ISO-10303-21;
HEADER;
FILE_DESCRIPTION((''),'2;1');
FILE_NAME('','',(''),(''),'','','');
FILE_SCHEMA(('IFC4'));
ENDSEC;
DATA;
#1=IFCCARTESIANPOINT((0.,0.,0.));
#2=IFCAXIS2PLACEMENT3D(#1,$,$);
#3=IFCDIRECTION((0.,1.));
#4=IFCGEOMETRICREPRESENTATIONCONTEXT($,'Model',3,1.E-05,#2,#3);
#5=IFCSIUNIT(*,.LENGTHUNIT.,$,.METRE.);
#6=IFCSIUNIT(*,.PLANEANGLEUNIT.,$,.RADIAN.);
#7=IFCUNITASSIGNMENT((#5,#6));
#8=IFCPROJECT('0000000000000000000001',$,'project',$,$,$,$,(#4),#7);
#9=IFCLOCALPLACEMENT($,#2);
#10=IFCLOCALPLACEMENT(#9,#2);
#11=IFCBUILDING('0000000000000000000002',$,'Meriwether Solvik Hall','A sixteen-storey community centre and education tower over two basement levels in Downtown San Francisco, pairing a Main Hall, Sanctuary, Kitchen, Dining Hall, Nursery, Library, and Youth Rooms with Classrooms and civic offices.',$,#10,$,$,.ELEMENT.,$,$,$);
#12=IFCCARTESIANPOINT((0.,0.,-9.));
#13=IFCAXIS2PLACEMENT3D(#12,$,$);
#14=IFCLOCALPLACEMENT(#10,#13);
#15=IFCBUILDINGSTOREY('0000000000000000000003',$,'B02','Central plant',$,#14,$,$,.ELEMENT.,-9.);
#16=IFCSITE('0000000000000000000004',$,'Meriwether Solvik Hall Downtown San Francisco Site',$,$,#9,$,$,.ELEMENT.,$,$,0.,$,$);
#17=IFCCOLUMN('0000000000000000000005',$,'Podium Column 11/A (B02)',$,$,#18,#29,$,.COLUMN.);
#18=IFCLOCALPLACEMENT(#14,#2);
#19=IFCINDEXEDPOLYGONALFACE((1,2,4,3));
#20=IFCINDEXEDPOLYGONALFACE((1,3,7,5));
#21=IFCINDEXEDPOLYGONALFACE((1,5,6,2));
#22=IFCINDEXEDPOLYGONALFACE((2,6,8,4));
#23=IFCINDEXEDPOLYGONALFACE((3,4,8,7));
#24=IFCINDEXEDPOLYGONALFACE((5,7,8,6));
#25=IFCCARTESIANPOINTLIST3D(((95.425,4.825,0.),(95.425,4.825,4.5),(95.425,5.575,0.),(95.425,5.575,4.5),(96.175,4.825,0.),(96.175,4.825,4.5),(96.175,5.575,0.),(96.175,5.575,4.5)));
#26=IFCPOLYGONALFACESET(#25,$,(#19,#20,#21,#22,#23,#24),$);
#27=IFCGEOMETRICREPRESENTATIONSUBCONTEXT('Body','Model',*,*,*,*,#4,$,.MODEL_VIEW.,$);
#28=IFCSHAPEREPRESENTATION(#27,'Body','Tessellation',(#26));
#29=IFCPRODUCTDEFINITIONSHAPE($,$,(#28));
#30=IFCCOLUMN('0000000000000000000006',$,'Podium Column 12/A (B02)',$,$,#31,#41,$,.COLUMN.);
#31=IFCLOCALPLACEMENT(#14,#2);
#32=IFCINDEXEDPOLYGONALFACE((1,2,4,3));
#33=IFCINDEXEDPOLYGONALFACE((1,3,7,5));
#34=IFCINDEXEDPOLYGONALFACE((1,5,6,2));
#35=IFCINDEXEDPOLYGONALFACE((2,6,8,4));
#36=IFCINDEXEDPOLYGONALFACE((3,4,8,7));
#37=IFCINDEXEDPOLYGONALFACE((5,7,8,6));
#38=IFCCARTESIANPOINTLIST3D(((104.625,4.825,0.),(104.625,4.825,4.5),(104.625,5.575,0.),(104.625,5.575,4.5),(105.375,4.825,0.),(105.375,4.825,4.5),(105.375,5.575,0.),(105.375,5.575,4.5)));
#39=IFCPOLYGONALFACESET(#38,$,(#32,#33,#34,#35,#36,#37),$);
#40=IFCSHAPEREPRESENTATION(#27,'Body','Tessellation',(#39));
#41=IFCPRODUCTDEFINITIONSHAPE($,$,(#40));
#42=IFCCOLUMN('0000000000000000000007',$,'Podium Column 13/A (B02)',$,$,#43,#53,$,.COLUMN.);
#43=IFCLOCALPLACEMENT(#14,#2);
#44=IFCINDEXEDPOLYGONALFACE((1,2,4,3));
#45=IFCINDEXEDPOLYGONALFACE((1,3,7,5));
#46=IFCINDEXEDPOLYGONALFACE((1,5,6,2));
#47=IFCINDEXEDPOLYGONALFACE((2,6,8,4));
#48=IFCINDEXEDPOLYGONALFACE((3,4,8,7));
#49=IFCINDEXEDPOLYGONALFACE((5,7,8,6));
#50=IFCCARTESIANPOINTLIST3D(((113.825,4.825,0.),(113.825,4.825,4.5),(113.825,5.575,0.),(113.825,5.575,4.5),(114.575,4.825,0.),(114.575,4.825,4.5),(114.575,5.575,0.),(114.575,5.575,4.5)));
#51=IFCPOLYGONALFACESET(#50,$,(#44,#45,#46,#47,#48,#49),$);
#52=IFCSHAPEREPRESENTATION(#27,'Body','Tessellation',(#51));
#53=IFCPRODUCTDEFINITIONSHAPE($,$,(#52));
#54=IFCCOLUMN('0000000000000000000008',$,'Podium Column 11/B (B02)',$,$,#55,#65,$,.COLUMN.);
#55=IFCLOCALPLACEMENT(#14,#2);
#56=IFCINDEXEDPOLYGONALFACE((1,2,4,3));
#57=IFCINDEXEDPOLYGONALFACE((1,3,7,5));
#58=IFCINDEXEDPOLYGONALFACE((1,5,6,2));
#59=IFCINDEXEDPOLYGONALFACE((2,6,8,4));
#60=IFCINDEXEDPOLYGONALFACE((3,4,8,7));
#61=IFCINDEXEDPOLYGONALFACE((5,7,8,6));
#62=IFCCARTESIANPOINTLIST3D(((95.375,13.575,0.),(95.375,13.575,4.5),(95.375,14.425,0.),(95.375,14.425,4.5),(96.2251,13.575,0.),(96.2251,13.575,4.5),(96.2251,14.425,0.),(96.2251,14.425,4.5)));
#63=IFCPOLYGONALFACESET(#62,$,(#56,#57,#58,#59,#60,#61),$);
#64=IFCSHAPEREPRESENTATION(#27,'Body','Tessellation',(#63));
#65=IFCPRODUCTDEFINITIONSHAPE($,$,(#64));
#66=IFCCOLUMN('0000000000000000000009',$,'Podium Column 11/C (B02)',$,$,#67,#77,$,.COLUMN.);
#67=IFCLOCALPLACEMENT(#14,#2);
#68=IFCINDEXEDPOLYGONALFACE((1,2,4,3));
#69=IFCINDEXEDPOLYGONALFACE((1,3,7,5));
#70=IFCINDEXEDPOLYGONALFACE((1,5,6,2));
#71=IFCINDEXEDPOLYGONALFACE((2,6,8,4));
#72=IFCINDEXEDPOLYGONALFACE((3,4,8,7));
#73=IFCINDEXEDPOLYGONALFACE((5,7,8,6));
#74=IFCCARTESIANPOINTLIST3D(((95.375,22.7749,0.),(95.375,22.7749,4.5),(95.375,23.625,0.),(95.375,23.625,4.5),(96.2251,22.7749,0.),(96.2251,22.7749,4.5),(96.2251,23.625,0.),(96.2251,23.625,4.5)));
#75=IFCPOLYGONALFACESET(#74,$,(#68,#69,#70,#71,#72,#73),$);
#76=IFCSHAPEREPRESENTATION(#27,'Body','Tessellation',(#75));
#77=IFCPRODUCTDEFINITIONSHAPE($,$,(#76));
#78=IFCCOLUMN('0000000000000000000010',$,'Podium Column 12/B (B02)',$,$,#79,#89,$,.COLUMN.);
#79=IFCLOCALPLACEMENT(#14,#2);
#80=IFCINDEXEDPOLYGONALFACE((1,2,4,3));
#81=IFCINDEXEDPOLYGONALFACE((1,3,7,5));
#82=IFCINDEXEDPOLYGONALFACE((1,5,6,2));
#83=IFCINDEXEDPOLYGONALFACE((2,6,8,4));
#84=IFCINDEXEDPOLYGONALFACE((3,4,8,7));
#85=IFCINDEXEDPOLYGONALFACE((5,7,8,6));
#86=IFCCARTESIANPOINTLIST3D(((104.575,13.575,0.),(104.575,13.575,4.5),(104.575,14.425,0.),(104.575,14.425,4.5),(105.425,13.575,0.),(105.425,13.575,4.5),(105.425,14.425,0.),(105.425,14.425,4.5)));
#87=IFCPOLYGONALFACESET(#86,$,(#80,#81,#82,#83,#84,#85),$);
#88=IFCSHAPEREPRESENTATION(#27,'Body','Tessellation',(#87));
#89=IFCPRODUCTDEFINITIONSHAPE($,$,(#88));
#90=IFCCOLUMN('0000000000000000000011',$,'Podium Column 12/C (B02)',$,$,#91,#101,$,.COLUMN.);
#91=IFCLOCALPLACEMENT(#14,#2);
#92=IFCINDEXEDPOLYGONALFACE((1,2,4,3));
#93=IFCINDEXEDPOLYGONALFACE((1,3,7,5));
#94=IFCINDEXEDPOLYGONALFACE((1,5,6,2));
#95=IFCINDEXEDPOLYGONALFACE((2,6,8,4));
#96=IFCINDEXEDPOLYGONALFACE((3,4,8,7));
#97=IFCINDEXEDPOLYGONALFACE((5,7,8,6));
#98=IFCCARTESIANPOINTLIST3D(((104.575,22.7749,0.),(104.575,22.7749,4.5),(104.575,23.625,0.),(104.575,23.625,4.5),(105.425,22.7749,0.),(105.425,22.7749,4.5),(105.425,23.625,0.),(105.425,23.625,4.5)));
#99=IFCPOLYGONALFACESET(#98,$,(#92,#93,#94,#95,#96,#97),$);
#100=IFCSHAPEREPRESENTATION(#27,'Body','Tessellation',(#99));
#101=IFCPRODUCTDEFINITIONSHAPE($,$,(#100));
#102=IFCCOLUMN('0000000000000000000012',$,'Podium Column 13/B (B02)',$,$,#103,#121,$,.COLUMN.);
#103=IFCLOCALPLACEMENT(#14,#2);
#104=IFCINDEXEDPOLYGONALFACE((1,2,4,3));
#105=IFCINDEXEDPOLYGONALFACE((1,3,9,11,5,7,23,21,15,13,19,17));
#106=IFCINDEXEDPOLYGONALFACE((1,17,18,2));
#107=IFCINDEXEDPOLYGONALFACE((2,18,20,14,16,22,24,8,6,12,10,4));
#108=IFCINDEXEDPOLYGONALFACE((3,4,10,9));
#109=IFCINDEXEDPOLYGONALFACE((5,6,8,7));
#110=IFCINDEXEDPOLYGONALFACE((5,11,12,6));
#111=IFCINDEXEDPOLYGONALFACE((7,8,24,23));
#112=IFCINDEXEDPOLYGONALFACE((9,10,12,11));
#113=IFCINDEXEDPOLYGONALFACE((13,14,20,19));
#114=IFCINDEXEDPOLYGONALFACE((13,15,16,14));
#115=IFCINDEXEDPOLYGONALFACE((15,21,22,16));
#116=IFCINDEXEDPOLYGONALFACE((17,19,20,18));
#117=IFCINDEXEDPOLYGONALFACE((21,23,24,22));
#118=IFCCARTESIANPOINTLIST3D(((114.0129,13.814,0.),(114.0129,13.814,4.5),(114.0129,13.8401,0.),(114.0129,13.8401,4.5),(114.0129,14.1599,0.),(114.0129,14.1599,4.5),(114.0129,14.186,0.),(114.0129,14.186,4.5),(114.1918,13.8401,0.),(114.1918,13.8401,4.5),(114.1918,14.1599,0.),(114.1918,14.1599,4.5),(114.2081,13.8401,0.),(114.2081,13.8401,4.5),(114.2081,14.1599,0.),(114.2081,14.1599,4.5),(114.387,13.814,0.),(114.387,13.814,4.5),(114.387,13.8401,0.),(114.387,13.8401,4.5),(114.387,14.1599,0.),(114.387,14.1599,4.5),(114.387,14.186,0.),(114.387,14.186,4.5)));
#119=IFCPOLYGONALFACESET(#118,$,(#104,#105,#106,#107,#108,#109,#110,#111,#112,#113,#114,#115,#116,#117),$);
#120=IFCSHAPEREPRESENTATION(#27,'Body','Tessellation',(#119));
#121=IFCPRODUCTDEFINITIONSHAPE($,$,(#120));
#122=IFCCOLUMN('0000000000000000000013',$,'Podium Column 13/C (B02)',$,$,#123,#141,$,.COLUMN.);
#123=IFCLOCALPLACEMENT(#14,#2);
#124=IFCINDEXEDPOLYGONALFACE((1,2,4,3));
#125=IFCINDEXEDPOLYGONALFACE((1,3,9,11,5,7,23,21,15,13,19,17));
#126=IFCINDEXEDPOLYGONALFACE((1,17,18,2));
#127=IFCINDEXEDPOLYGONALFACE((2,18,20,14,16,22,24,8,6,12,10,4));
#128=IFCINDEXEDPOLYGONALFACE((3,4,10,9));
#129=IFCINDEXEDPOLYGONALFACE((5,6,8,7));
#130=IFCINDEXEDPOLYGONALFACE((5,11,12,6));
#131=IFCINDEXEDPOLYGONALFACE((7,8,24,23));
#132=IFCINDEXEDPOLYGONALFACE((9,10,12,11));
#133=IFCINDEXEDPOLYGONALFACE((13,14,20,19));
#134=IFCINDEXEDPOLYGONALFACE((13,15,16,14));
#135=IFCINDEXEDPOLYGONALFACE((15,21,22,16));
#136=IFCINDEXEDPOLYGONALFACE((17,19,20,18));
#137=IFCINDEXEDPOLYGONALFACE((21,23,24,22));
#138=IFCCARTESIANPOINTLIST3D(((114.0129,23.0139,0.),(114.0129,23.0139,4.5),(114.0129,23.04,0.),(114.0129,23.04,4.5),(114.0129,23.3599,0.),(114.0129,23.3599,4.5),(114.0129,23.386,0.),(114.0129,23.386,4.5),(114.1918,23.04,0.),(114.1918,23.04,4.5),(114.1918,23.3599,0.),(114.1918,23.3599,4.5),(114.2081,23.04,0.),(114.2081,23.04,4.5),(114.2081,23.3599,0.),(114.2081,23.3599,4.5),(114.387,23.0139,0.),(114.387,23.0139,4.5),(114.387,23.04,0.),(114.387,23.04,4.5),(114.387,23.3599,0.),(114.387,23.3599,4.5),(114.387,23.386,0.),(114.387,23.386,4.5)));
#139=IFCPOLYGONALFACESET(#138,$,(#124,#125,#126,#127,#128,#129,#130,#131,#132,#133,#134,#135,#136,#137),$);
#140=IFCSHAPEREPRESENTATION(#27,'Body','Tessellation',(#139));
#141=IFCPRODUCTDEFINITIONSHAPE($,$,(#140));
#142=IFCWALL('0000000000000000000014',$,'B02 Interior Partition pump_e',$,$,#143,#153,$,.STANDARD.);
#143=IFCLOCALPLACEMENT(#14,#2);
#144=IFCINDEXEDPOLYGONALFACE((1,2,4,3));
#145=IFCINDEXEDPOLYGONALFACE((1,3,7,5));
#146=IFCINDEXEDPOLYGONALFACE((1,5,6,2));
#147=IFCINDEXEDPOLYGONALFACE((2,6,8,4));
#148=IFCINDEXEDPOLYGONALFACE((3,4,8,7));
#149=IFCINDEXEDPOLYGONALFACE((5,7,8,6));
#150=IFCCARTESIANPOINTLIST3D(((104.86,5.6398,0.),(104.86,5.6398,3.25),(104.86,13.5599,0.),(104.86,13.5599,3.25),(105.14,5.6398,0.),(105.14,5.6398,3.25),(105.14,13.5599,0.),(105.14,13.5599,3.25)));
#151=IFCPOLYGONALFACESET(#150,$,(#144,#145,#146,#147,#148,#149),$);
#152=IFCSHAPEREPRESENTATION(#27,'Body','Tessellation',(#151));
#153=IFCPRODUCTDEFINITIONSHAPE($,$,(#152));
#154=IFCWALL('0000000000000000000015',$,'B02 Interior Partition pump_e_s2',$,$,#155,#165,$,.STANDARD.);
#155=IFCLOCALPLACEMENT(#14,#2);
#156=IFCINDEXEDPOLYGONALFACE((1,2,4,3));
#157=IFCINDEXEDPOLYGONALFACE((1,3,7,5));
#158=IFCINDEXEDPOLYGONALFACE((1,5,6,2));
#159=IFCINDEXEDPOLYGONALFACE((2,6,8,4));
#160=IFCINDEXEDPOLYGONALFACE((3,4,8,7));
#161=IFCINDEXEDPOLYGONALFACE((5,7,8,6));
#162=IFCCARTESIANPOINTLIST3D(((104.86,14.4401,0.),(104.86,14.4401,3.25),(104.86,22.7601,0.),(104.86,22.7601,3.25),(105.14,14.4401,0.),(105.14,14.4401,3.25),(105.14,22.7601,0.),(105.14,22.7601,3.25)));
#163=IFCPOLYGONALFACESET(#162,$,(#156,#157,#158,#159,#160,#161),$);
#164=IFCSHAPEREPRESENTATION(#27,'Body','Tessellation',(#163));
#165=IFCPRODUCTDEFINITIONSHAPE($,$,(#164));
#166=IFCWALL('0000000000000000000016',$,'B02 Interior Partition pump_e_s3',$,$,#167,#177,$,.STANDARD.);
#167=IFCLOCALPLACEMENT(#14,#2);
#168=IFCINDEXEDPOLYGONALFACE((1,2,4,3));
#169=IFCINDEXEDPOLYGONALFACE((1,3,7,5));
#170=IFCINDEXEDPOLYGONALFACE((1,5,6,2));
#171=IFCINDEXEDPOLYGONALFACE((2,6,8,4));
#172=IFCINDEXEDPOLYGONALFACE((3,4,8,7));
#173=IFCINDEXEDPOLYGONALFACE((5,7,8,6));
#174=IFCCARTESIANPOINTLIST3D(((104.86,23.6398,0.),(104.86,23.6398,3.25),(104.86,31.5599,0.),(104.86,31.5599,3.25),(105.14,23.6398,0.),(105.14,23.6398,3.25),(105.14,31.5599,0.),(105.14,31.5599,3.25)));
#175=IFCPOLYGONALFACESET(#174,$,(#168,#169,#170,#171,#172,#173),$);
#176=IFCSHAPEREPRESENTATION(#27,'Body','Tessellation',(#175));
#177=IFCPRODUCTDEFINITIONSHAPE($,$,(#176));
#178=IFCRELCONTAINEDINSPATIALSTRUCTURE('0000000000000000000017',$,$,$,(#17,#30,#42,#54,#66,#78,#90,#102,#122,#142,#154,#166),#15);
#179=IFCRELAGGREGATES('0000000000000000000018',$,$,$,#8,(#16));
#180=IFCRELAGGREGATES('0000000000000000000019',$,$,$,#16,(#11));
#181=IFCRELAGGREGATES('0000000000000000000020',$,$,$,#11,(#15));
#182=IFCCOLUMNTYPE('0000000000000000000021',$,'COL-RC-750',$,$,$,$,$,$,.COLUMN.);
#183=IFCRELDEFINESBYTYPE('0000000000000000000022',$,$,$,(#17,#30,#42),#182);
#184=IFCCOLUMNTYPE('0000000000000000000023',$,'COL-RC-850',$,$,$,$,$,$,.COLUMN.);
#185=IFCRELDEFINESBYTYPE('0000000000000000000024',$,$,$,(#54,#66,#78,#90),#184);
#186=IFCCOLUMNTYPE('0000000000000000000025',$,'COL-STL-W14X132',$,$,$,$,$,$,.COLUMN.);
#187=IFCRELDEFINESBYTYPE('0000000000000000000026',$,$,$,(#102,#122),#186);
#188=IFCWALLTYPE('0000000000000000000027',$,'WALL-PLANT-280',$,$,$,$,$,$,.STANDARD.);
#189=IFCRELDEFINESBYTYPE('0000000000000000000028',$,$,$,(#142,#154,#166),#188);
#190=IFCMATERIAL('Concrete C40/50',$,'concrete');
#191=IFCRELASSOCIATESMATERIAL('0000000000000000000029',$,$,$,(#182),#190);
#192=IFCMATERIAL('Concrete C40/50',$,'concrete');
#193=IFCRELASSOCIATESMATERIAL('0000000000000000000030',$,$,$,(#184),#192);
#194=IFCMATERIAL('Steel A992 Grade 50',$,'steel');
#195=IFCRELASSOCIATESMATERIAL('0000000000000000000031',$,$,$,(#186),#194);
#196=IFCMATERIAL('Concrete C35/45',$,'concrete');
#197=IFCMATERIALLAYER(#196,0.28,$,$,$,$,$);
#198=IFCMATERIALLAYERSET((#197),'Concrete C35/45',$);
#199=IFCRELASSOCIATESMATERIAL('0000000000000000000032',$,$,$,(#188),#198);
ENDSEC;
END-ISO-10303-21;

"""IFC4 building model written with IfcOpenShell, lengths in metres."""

from ifc_helpers import new_model, si_unit, direction, frame, frame_2d, origin, origin_2d, place, context, subcontext, project, spatial, rectangle, i_section, extrude, material, layer, layer_set, material_profile, profile_set, type_object, element, save


model = new_model("IFC4")

# Units and contexts
model_context = context("Model", 3, precision=1e-05, world=origin(), true_north=direction((0.0, 1.0)))
body_context = subcontext(model_context, "Body", "Model", "MODEL_VIEW")
ifc_project = project(units=[si_unit("LENGTHUNIT", "METRE"), si_unit("PLANEANGLEUNIT", "RADIAN")], contexts=[model_context])

# Site, building, storey
site_placement = place(None, origin())
site = spatial("IfcSite", under=ifc_project, at=site_placement, Name="Meriwether Solvik Hall Downtown San Francisco Site", CompositionType="ELEMENT", RefElevation=0.0)
building_placement = place(site_placement, origin())
building = spatial("IfcBuilding", under=site, at=building_placement, Name="Meriwether Solvik Hall", Description="A sixteen-storey community centre and education tower over two basement levels in Downtown San Francisco, pairing a Main Hall, Sanctuary, Kitchen, Dining Hall, Nursery, Library, and Youth Rooms with Classrooms and civic offices.", CompositionType="ELEMENT")
storey_placement = place(building_placement, frame((0.0, 0.0, -9.0)))
storey = spatial("IfcBuildingStorey", under=building, at=storey_placement, Name="B02", Description="Central plant", CompositionType="ELEMENT", Elevation=-9.0)

# Columns
ifc_material_1 = material(Name="Concrete C40/50", Category="concrete")
ifc_material_profile_1 = material_profile(ifc_material_1, rectangle(XDim=0.75, YDim=0.75, at=origin_2d()), Name="RCC-750X750")
ifc_profile_set_1 = profile_set([ifc_material_profile_1], Name="Concrete C40/50")
column_type_1 = type_object("IfcColumnType", Name="COL-RC-750", PredefinedType="COLUMN", material=ifc_profile_set_1)
for number, where, z_axis, x_axis, name in (
    (1, (95.8, 5.2, 0.0), (0.0, 0.0, 1.0), (1.0, 0.0, 0.0), "Podium Column 11/A (B02)"),
    (2, (105.0, 5.2, 0.0), (0.0, 0.0, 1.0), (1.0, 0.0, 0.0), "Podium Column 12/A (B02)"),
    (3, (114.2, 5.2, 0.0), (0.0, 0.0, 1.0), (1.0, 0.0, 0.0), "Podium Column 13/A (B02)"),
):
    element("IfcColumn", number, at=place(storey_placement, frame(where, z_axis=z_axis, x_axis=x_axis)), inside=storey, type_object=column_type_1, Name=name, PredefinedType="COLUMN", context=body_context, shape_type="SweptSolid", body=[
        extrude(rectangle(XDim=0.75, YDim=0.75, at=origin_2d()), origin(), (0.0, 0.0, 1.0), 4.5),
    ])
ifc_material_2 = material(Name="Concrete C40/50", Category="concrete")
ifc_material_profile_2 = material_profile(ifc_material_2, rectangle(XDim=0.8501, YDim=0.8501, at=origin_2d()), Name="RCC-850X850")
ifc_profile_set_2 = profile_set([ifc_material_profile_2], Name="Concrete C40/50")
column_type_2 = type_object("IfcColumnType", Name="COL-RC-850", PredefinedType="COLUMN", material=ifc_profile_set_2)
for number, where, z_axis, x_axis, name in (
    (4, (95.8, 14.0, 0.0), (0.0, 0.0, 1.0), (1.0, 0.0, 0.0), "Podium Column 11/B (B02)"),
    (5, (95.8, 23.2, 0.0), (0.0, 0.0, 1.0), (1.0, 0.0, 0.0), "Podium Column 11/C (B02)"),
    (6, (105.0, 14.0, 0.0), (0.0, 0.0, 1.0), (1.0, 0.0, 0.0), "Podium Column 12/B (B02)"),
    (7, (105.0, 23.2, 0.0), (0.0, 0.0, 1.0), (1.0, 0.0, 0.0), "Podium Column 12/C (B02)"),
):
    element("IfcColumn", number, at=place(storey_placement, frame(where, z_axis=z_axis, x_axis=x_axis)), inside=storey, type_object=column_type_2, Name=name, PredefinedType="COLUMN", context=body_context, shape_type="SweptSolid", body=[
        extrude(rectangle(XDim=0.8501, YDim=0.8501, at=origin_2d()), origin(), (0.0, 0.0, 1.0), 4.5),
    ])
ifc_material_3 = material(Name="Steel A992 Grade 50", Category="steel")
ifc_material_profile_3 = material_profile(ifc_material_3, i_section(OverallWidth=0.374, OverallDepth=0.3721, WebThickness=0.0164, FlangeThickness=0.0261, at=origin_2d()), Name="W14X132")
ifc_profile_set_3 = profile_set([ifc_material_profile_3], Name="Steel A992 Grade 50")
column_type_3 = type_object("IfcColumnType", Name="COL-STL-W14X132", PredefinedType="COLUMN", material=ifc_profile_set_3)
for number, where, z_axis, x_axis, name in (
    (8, (114.2, 14.0, 0.0), (0.0, 0.0, 1.0), (1.0, 0.0, 0.0), "Podium Column 13/B (B02)"),
    (9, (114.2, 23.2, 0.0), (0.0, 0.0, 1.0), (1.0, 0.0, 0.0), "Podium Column 13/C (B02)"),
):
    element("IfcColumn", number, at=place(storey_placement, frame(where, z_axis=z_axis, x_axis=x_axis)), inside=storey, type_object=column_type_3, Name=name, PredefinedType="COLUMN", context=body_context, shape_type="SweptSolid", body=[
        extrude(i_section(OverallWidth=0.374, OverallDepth=0.3721, WebThickness=0.0164, FlangeThickness=0.0261, at=origin_2d()), origin(), (0.0, 0.0, 1.0), 4.5),
    ])

# Walls
ifc_material_4 = material(Name="Concrete C35/45", Category="concrete")
ifc_layer_1 = layer(ifc_material_4, 0.28)
ifc_layer_set_1 = layer_set([ifc_layer_1], Name="Concrete C35/45")
wall_type = type_object("IfcWallType", Name="WALL-PLANT-280", PredefinedType="STANDARD", material=ifc_layer_set_1)
wall_1_placement = place(storey_placement, frame((105.0, 5.6399, 0.0), z_axis=(0.0, 0.0, 1.0), x_axis=(0.0, 1.0, 0.0)))
element("IfcWall", 10, at=wall_1_placement, inside=storey, type_object=wall_type, Name="B02 Interior Partition pump_e", PredefinedType="STANDARD", context=body_context, shape_type="SweptSolid", body=[
    extrude(rectangle(XDim=7.9202, YDim=0.28, at=frame_2d((3.96, 0.0))), origin(), (0.0, 0.0, 1.0), 3.25),
])
wall_2_placement = place(storey_placement, frame((105.0, 14.4399, 0.0), z_axis=(0.0, 0.0, 1.0), x_axis=(0.0, 1.0, 0.0)))
element("IfcWall", 11, at=wall_2_placement, inside=storey, type_object=wall_type, Name="B02 Interior Partition pump_e_s2", PredefinedType="STANDARD", context=body_context, shape_type="SweptSolid", body=[
    extrude(rectangle(XDim=8.3201, YDim=0.28, at=frame_2d((4.1602, 0.0))), origin(), (0.0, 0.0, 1.0), 3.25),
])
wall_3_placement = place(storey_placement, frame((105.0, 23.6399, 0.0), z_axis=(0.0, 0.0, 1.0), x_axis=(0.0, 1.0, 0.0)))
element("IfcWall", 12, at=wall_3_placement, inside=storey, type_object=wall_type, Name="B02 Interior Partition pump_e_s3", PredefinedType="STANDARD", context=body_context, shape_type="SweptSolid", body=[
    extrude(rectangle(XDim=7.9202, YDim=0.28, at=frame_2d((3.96, 0.0))), origin(), (0.0, 0.0, 1.0), 3.25),
])

save(model, "model.ifc")
